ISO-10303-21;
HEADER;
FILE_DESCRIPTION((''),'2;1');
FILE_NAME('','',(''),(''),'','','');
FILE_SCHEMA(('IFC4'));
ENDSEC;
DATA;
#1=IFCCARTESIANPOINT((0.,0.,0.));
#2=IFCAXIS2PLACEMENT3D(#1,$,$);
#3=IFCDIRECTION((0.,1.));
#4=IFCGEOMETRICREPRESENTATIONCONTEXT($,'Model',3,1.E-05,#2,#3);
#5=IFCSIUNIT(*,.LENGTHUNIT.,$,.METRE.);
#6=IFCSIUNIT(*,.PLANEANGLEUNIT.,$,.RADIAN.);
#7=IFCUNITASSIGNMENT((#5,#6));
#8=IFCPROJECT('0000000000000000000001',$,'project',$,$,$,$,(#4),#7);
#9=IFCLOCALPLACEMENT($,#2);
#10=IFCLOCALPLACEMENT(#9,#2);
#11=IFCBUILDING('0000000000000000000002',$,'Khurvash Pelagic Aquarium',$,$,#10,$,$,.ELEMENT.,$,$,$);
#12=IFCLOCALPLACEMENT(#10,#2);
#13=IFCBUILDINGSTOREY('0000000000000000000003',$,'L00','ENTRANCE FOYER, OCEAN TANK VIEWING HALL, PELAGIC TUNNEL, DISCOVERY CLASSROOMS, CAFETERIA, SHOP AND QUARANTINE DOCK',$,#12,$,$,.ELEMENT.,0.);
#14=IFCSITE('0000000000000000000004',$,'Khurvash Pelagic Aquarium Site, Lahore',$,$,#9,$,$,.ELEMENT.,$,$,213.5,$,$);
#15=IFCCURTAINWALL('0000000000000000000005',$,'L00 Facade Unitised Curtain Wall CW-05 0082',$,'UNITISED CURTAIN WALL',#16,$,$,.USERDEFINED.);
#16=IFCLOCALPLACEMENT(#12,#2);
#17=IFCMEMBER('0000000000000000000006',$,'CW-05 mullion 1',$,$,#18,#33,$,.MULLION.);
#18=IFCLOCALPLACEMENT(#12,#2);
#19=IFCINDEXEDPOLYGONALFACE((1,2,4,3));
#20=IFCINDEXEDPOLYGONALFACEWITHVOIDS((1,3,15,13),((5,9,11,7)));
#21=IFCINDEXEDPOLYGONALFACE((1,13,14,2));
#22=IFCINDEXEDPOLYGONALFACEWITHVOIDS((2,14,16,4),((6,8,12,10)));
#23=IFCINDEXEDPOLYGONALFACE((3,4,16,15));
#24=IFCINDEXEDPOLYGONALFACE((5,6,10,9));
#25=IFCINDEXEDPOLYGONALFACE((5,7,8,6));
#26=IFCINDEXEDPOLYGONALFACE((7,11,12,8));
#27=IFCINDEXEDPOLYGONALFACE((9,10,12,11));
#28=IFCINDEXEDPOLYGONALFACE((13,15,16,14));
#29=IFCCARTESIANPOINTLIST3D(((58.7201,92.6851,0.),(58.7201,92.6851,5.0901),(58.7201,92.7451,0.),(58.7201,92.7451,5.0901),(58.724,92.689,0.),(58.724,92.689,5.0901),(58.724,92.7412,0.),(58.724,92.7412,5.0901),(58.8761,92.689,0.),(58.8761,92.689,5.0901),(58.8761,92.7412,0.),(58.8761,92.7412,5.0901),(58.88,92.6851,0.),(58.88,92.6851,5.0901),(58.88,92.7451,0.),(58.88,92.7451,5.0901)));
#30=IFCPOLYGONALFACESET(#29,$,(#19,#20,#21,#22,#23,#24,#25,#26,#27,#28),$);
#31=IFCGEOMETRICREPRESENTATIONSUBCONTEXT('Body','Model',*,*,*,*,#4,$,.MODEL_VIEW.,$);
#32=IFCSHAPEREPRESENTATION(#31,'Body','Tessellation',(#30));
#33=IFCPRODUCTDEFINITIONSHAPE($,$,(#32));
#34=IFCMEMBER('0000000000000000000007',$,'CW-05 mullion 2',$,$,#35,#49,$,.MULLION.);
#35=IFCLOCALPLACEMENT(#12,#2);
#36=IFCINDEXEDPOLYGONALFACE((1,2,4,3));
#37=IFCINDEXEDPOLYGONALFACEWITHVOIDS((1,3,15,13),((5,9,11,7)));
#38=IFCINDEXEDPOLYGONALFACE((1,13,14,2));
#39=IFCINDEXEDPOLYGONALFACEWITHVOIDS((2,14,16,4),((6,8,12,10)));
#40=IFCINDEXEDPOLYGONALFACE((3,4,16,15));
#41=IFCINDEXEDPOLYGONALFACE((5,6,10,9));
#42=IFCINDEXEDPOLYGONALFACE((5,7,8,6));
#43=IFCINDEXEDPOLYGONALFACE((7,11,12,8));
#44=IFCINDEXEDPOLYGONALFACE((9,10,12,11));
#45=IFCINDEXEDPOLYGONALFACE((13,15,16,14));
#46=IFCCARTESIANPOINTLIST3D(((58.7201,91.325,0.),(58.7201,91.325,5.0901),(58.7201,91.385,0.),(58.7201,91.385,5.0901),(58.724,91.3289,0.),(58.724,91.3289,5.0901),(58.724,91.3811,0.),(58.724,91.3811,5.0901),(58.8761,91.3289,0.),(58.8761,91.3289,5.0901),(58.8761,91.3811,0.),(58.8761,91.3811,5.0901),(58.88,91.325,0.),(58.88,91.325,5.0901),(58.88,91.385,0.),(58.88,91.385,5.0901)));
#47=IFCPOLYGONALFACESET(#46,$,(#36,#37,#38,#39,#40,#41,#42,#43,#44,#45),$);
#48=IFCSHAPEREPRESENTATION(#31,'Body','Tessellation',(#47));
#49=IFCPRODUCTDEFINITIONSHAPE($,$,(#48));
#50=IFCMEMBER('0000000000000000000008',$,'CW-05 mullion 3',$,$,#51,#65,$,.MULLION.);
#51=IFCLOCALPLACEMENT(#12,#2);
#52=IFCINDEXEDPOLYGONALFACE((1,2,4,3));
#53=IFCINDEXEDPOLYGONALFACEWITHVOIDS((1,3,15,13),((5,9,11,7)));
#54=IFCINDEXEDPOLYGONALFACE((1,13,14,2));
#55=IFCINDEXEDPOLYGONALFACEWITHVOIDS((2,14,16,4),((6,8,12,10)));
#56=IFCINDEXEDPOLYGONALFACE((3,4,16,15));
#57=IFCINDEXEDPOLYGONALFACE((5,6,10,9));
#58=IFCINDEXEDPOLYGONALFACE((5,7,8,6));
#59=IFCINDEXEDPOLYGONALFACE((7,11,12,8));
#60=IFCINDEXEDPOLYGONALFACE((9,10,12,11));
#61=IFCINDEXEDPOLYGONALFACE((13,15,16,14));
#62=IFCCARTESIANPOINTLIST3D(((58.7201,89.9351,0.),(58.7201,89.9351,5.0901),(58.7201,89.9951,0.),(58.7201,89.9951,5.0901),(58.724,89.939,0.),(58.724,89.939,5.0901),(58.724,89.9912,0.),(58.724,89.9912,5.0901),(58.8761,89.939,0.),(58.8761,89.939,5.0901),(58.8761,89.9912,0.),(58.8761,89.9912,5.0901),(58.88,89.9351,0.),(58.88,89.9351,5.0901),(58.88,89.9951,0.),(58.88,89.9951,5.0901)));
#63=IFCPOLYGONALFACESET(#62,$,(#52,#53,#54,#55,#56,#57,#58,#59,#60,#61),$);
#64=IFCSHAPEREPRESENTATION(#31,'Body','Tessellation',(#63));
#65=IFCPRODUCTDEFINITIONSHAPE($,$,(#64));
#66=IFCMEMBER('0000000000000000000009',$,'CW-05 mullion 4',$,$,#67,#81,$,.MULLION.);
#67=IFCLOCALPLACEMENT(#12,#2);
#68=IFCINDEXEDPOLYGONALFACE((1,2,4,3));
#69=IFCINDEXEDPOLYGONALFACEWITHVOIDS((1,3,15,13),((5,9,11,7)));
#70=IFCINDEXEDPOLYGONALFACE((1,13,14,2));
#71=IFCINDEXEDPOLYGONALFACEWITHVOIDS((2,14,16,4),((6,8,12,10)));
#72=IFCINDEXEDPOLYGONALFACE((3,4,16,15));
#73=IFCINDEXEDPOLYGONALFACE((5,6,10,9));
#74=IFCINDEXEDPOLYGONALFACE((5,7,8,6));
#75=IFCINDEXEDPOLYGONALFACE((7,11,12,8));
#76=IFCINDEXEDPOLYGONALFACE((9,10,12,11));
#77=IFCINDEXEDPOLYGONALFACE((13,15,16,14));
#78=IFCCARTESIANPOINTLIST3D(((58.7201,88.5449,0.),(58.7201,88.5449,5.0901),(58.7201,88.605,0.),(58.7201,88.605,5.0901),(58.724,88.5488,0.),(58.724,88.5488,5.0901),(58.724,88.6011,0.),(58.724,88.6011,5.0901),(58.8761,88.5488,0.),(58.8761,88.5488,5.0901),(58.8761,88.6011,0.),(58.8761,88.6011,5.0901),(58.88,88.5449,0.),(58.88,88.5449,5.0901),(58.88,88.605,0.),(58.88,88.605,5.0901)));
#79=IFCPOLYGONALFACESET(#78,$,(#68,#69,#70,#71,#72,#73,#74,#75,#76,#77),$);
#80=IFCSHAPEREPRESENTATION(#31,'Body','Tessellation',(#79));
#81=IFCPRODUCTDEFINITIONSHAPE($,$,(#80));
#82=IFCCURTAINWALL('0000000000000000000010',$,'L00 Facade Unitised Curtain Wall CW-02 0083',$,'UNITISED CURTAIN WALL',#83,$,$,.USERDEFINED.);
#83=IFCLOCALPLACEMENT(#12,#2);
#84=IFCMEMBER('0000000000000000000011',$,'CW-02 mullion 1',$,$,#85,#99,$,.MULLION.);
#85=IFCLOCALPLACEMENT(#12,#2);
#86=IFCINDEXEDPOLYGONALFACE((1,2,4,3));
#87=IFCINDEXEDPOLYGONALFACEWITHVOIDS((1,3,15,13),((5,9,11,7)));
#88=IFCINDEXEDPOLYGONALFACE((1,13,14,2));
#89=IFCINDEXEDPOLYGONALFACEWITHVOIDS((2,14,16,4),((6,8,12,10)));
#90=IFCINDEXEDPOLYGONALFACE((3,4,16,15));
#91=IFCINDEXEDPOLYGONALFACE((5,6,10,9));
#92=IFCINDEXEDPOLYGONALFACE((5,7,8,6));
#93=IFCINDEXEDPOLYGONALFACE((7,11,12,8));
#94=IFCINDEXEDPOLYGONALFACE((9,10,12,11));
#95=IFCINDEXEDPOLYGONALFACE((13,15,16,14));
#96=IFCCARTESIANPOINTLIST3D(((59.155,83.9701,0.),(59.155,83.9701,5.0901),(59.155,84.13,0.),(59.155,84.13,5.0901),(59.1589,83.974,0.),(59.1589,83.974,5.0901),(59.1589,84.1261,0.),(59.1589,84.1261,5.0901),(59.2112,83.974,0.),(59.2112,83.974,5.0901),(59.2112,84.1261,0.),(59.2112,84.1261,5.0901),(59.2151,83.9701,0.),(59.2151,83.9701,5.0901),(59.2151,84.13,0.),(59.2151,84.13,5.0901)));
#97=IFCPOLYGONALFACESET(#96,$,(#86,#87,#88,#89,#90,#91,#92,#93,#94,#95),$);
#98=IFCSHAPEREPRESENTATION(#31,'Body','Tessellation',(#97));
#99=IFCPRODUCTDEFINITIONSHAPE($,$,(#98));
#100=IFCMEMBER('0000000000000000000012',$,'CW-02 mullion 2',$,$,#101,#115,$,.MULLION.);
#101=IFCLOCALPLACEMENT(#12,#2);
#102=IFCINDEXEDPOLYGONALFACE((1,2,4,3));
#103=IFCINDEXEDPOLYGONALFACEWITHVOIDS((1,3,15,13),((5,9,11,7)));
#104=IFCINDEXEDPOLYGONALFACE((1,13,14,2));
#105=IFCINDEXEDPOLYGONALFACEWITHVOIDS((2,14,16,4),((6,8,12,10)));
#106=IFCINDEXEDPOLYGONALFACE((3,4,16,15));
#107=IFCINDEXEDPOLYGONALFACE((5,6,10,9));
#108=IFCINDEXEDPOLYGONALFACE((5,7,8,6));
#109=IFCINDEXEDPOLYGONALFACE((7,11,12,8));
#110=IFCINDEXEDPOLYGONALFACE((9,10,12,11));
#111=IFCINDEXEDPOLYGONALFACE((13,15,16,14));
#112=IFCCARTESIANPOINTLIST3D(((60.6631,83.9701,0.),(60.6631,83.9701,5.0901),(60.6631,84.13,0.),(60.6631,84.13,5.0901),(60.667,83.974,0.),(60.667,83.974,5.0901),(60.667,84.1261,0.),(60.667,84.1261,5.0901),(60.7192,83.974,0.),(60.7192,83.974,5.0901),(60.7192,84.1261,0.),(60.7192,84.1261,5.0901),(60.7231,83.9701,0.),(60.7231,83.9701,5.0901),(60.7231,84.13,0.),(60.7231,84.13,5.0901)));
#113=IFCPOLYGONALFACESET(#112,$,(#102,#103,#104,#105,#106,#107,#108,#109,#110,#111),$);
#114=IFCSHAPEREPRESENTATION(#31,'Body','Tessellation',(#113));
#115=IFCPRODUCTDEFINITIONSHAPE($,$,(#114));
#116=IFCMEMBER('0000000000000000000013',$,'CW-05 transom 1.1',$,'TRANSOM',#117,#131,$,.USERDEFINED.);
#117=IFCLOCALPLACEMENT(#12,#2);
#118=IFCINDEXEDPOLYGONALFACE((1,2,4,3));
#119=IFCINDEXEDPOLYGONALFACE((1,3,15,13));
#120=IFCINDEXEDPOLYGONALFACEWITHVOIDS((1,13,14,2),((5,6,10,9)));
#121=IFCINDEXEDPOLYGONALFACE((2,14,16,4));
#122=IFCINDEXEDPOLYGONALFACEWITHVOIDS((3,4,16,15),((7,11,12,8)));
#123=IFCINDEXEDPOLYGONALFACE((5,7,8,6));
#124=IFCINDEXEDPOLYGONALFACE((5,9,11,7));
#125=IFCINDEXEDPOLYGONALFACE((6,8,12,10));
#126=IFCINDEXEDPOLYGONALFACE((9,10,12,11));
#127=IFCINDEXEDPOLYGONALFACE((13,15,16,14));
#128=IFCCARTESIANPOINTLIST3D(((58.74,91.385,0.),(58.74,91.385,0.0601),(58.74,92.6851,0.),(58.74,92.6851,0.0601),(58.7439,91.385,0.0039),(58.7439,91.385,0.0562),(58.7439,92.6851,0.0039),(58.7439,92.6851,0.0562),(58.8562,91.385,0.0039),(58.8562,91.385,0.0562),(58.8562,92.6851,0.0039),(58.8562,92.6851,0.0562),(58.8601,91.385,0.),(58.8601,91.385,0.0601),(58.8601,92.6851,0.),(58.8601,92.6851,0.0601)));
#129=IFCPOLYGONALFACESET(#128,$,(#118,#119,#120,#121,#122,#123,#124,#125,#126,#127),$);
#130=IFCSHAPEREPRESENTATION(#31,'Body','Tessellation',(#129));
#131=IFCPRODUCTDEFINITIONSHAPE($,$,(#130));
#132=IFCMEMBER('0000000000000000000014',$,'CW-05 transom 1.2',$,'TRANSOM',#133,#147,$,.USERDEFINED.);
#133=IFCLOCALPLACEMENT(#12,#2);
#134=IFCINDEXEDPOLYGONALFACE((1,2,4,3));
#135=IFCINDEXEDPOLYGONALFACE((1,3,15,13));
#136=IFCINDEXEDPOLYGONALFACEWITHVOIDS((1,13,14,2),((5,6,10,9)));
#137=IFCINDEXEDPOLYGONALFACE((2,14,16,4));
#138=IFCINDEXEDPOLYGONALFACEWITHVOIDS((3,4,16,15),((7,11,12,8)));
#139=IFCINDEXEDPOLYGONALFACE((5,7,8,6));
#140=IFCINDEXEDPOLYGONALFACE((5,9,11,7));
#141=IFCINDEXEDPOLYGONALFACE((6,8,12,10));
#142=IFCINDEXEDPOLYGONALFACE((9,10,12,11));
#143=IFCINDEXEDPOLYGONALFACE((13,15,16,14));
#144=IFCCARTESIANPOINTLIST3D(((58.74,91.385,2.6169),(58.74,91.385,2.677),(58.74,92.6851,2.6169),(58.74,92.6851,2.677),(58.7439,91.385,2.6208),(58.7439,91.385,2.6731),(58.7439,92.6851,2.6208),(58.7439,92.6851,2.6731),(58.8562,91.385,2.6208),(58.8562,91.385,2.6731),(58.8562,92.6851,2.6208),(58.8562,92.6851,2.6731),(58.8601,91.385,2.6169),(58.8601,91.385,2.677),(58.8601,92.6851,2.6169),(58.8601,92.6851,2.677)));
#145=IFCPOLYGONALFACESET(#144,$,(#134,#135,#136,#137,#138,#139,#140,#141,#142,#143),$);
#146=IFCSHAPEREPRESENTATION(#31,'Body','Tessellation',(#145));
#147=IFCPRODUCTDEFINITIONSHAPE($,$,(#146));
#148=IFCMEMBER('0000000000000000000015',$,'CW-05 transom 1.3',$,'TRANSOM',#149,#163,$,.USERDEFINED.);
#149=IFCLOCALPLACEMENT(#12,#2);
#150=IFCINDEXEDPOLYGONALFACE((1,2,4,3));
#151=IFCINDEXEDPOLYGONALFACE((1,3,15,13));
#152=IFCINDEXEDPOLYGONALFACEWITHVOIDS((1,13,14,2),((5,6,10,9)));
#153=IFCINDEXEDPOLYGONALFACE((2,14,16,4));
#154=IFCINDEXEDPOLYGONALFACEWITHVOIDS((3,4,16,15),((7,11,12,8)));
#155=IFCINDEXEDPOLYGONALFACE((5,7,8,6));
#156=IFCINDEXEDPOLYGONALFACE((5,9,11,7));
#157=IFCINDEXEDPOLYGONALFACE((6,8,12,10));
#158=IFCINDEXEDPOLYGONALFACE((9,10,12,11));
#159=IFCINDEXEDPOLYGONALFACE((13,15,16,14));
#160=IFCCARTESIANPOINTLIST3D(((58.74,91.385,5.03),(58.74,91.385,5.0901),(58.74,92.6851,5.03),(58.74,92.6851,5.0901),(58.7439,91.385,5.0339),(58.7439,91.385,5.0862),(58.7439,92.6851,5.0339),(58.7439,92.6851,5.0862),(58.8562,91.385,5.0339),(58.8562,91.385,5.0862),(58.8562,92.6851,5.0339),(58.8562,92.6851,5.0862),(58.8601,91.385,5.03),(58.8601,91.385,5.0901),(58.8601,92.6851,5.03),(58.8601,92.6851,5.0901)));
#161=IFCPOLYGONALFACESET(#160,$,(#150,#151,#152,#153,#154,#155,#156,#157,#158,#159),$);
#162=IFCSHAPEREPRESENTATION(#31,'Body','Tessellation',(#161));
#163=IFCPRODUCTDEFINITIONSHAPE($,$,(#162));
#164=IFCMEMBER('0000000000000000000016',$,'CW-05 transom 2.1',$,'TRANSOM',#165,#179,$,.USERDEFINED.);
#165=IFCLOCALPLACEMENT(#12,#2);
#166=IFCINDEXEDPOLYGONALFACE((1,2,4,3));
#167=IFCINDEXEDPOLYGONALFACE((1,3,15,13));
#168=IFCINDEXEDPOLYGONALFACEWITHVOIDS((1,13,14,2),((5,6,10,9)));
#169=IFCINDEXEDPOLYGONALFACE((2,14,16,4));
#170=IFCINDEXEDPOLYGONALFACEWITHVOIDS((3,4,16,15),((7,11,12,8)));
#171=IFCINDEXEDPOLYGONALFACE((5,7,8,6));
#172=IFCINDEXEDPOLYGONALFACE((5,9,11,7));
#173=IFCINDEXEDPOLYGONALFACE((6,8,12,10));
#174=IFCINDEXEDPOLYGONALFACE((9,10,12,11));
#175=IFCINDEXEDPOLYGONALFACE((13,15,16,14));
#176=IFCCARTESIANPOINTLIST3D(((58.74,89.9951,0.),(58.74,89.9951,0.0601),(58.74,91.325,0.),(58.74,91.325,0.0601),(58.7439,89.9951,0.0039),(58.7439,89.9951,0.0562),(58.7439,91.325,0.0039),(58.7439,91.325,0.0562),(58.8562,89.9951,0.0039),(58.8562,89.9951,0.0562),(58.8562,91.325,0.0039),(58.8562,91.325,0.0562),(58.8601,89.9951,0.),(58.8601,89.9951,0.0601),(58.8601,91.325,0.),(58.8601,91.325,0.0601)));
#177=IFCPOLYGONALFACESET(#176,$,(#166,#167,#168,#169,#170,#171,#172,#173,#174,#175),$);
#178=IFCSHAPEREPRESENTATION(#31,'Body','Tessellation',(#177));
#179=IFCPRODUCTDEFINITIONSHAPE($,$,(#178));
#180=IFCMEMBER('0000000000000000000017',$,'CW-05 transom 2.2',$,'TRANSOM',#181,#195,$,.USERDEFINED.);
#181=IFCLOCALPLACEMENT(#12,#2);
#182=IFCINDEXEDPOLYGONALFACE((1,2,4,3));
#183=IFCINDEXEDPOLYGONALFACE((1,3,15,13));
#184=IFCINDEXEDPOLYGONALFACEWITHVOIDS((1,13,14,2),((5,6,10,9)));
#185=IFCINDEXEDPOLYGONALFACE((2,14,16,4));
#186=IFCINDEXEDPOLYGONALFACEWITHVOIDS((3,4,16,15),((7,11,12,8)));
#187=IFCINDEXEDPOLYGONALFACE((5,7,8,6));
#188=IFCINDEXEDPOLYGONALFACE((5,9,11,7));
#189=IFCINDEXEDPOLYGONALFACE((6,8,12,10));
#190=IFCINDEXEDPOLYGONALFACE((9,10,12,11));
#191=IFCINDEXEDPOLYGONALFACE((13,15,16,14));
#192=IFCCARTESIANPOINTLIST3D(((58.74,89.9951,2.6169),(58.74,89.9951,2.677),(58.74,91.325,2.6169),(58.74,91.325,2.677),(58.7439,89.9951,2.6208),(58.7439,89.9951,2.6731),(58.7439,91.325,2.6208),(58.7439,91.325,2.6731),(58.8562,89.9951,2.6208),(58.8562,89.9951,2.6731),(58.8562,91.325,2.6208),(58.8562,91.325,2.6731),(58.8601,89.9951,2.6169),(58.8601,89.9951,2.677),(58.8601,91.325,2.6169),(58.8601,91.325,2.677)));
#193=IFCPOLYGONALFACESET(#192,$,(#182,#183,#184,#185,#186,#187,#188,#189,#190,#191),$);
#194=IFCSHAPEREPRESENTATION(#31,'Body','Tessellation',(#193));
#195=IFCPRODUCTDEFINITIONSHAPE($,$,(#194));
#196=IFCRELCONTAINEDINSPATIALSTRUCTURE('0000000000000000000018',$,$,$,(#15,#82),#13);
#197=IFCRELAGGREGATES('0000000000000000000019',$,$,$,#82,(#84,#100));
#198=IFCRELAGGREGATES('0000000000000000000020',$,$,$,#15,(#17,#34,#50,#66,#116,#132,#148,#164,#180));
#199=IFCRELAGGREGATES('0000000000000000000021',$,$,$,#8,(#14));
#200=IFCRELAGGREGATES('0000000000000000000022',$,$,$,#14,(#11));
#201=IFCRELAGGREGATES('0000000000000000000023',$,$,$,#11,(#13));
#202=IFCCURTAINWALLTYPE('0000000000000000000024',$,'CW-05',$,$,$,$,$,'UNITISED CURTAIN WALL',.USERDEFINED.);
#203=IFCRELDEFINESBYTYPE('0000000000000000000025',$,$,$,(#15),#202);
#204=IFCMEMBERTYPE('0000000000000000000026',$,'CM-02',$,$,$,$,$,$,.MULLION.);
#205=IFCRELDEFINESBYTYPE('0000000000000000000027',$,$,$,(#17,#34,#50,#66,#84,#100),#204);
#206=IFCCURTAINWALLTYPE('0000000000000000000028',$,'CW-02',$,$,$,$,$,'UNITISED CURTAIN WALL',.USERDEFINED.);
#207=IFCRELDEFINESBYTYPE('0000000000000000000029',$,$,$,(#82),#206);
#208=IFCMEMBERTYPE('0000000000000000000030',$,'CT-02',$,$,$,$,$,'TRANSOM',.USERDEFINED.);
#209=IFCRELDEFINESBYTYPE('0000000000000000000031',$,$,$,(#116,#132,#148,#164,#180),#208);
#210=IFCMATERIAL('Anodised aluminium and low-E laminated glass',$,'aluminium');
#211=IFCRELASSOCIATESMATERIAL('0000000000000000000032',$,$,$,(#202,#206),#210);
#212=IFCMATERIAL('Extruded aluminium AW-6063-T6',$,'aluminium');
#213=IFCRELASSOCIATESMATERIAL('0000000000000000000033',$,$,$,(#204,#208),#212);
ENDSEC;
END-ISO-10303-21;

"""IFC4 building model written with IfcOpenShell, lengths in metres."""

from ifc_helpers import new_model, si_unit, direction, frame, origin, origin_2d, place, context, subcontext, project, spatial, hollow_rectangle, extrude, material, material_profile, profile_set, type_object, element, aggregate, save


model = new_model("IFC4")

# Units and contexts
model_context = context("Model", 3, precision=1e-05, world=origin(), true_north=direction((0.0, 1.0)))
body_context = subcontext(model_context, "Body", "Model", "MODEL_VIEW")
ifc_project = project(units=[si_unit("LENGTHUNIT", "METRE"), si_unit("PLANEANGLEUNIT", "RADIAN")], contexts=[model_context])

# Site, building, storey
site_placement = place(None, origin())
site = spatial("IfcSite", under=ifc_project, at=site_placement, Name="Khurvash Pelagic Aquarium Site, Lahore", CompositionType="ELEMENT", RefElevation=213.5)
building_placement = place(site_placement, origin())
building = spatial("IfcBuilding", under=site, at=building_placement, Name="Khurvash Pelagic Aquarium", CompositionType="ELEMENT")
storey_placement = place(building_placement, origin())
storey = spatial("IfcBuildingStorey", under=building, at=storey_placement, Name="L00", Description="ENTRANCE FOYER, OCEAN TANK VIEWING HALL, PELAGIC TUNNEL, DISCOVERY CLASSROOMS, CAFETERIA, SHOP AND QUARANTINE DOCK", CompositionType="ELEMENT", Elevation=0.0)

# Curtain walls, members
ifc_material_1 = material(Name="Anodised aluminium and low-E laminated glass", Category="aluminium")
curtain_wall_type_1 = type_object("IfcCurtainWallType", Name="CW-05", ElementType="UNITISED CURTAIN WALL", PredefinedType="USERDEFINED", material=ifc_material_1)
curtain_wall_1_placement = place(storey_placement, origin())
curtain_wall_1 = element("IfcCurtainWall", 1, at=curtain_wall_1_placement, inside=storey, type_object=curtain_wall_type_1, Name="L00 Facade Unitised Curtain Wall CW-05 0082", ObjectType="UNITISED CURTAIN WALL", PredefinedType="USERDEFINED")
ifc_material_2 = material(Name="Extruded aluminium AW-6063-T6", Category="aluminium")
ifc_material_profile_1 = material_profile(ifc_material_2, hollow_rectangle(XDim=0.0601, YDim=0.1599, WallThickness=0.0039, at=origin_2d()), Name="CWM60X160X4")
ifc_profile_set_1 = profile_set([ifc_material_profile_1], Name="Extruded aluminium AW-6063-T6")
member_type_1 = type_object("IfcMemberType", Name="CM-02", PredefinedType="MULLION", material=ifc_profile_set_1)
member_1_placement = place(storey_placement, frame((58.8, 92.7151, 0.0), z_axis=(0.0, 0.0, 1.0), x_axis=(0.0, -1.0, 0.0)))
member_1 = element("IfcMember", 2, at=member_1_placement, type_object=member_type_1, Name="CW-05 mullion 1", PredefinedType="MULLION", context=body_context, shape_type="SweptSolid", body=[
    extrude(hollow_rectangle(XDim=0.0601, YDim=0.1599, WallThickness=0.0039, at=origin_2d()), origin(), (0.0, 0.0, 1.0), 5.0901),
])
member_2_placement = place(storey_placement, frame((58.8, 91.355, 0.0), z_axis=(0.0, 0.0, 1.0), x_axis=(0.0, -1.0, 0.0)))
member_2 = element("IfcMember", 3, at=member_2_placement, type_object=member_type_1, Name="CW-05 mullion 2", PredefinedType="MULLION", context=body_context, shape_type="SweptSolid", body=[
    extrude(hollow_rectangle(XDim=0.0601, YDim=0.1599, WallThickness=0.0039, at=origin_2d()), origin(), (0.0, 0.0, 1.0), 5.0901),
])
member_3_placement = place(storey_placement, frame((58.8, 89.9651, 0.0), z_axis=(0.0, 0.0, 1.0), x_axis=(0.0, -1.0, 0.0)))
member_3 = element("IfcMember", 4, at=member_3_placement, type_object=member_type_1, Name="CW-05 mullion 3", PredefinedType="MULLION", context=body_context, shape_type="SweptSolid", body=[
    extrude(hollow_rectangle(XDim=0.0601, YDim=0.1599, WallThickness=0.0039, at=origin_2d()), origin(), (0.0, 0.0, 1.0), 5.0901),
])
member_4_placement = place(storey_placement, frame((58.8, 88.575, 0.0), z_axis=(0.0, 0.0, 1.0), x_axis=(0.0, -1.0, 0.0)))
member_4 = element("IfcMember", 5, at=member_4_placement, type_object=member_type_1, Name="CW-05 mullion 4", PredefinedType="MULLION", context=body_context, shape_type="SweptSolid", body=[
    extrude(hollow_rectangle(XDim=0.0601, YDim=0.1599, WallThickness=0.0039, at=origin_2d()), origin(), (0.0, 0.0, 1.0), 5.0901),
])
curtain_wall_type_2 = type_object("IfcCurtainWallType", Name="CW-02", ElementType="UNITISED CURTAIN WALL", PredefinedType="USERDEFINED", material=ifc_material_1)
curtain_wall_2_placement = place(storey_placement, origin())
curtain_wall_2 = element("IfcCurtainWall", 6, at=curtain_wall_2_placement, inside=storey, type_object=curtain_wall_type_2, Name="L00 Facade Unitised Curtain Wall CW-02 0083", ObjectType="UNITISED CURTAIN WALL", PredefinedType="USERDEFINED")
member_5_placement = place(storey_placement, frame((59.1851, 84.05, 0.0), z_axis=(0.0, 0.0, 1.0), x_axis=(1.0, 0.0, 0.0)))
member_5 = element("IfcMember", 7, at=member_5_placement, type_object=member_type_1, Name="CW-02 mullion 1", PredefinedType="MULLION", context=body_context, shape_type="SweptSolid", body=[
    extrude(hollow_rectangle(XDim=0.0601, YDim=0.1599, WallThickness=0.0039, at=origin_2d()), origin(), (0.0, 0.0, 1.0), 5.0901),
])
member_6_placement = place(storey_placement, frame((60.6931, 84.05, 0.0), z_axis=(0.0, 0.0, 1.0), x_axis=(1.0, 0.0, 0.0)))
member_6 = element("IfcMember", 8, at=member_6_placement, type_object=member_type_1, Name="CW-02 mullion 2", PredefinedType="MULLION", context=body_context, shape_type="SweptSolid", body=[
    extrude(hollow_rectangle(XDim=0.0601, YDim=0.1599, WallThickness=0.0039, at=origin_2d()), origin(), (0.0, 0.0, 1.0), 5.0901),
])

# Members
ifc_material_profile_2 = material_profile(ifc_material_2, hollow_rectangle(XDim=0.1201, YDim=0.0601, WallThickness=0.0039, at=origin_2d()), Name="CWT120X60X4")
ifc_profile_set_2 = profile_set([ifc_material_profile_2], Name="Extruded aluminium AW-6063-T6")
member_type_2 = type_object("IfcMemberType", Name="CT-02", ElementType="TRANSOM", PredefinedType="USERDEFINED", material=ifc_profile_set_2)
member_7_placement = place(storey_placement, frame((58.8, 92.6851, 0.03), z_axis=(0.0, -1.0, 0.0), x_axis=(1.0, 0.0, 0.0)))
member_7 = element("IfcMember", 9, at=member_7_placement, type_object=member_type_2, Name="CW-05 transom 1.1", ObjectType="TRANSOM", PredefinedType="USERDEFINED", context=body_context, shape_type="SweptSolid", body=[
    extrude(hollow_rectangle(XDim=0.1201, YDim=0.0601, WallThickness=0.0039, at=origin_2d()), origin(), (0.0, 0.0, 1.0), 1.3),
])
member_8_placement = place(storey_placement, frame((58.8, 92.6851, 2.647), z_axis=(0.0, -1.0, 0.0), x_axis=(1.0, 0.0, 0.0)))
member_8 = element("IfcMember", 10, at=member_8_placement, type_object=member_type_2, Name="CW-05 transom 1.2", ObjectType="TRANSOM", PredefinedType="USERDEFINED", context=body_context, shape_type="SweptSolid", body=[
    extrude(hollow_rectangle(XDim=0.1201, YDim=0.0601, WallThickness=0.0039, at=origin_2d()), origin(), (0.0, 0.0, 1.0), 1.3),
])
member_9_placement = place(storey_placement, frame((58.8, 92.6851, 5.0601), z_axis=(0.0, -1.0, 0.0), x_axis=(1.0, 0.0, 0.0)))
member_9 = element("IfcMember", 11, at=member_9_placement, type_object=member_type_2, Name="CW-05 transom 1.3", ObjectType="TRANSOM", PredefinedType="USERDEFINED", context=body_context, shape_type="SweptSolid", body=[
    extrude(hollow_rectangle(XDim=0.1201, YDim=0.0601, WallThickness=0.0039, at=origin_2d()), origin(), (0.0, 0.0, 1.0), 1.3),
])
member_10_placement = place(storey_placement, frame((58.8, 91.325, 0.03), z_axis=(0.0, -1.0, 0.0), x_axis=(1.0, 0.0, 0.0)))
member_10 = element("IfcMember", 12, at=member_10_placement, type_object=member_type_2, Name="CW-05 transom 2.1", ObjectType="TRANSOM", PredefinedType="USERDEFINED", context=body_context, shape_type="SweptSolid", body=[
    extrude(hollow_rectangle(XDim=0.1201, YDim=0.0601, WallThickness=0.0039, at=origin_2d()), origin(), (0.0, 0.0, 1.0), 1.3298),
])
member_11_placement = place(storey_placement, frame((58.8, 91.325, 2.647), z_axis=(0.0, -1.0, 0.0), x_axis=(1.0, 0.0, 0.0)))
member_11 = element("IfcMember", 13, at=member_11_placement, type_object=member_type_2, Name="CW-05 transom 2.2", ObjectType="TRANSOM", PredefinedType="USERDEFINED", context=body_context, shape_type="SweptSolid", body=[
    extrude(hollow_rectangle(XDim=0.1201, YDim=0.0601, WallThickness=0.0039, at=origin_2d()), origin(), (0.0, 0.0, 1.0), 1.3298),
])

aggregate(curtain_wall_2, [member_5, member_6])
aggregate(curtain_wall_1, [member_1, member_2, member_3, member_4, member_7, member_8, member_9, member_10, member_11])

save(model, "model.ifc")
